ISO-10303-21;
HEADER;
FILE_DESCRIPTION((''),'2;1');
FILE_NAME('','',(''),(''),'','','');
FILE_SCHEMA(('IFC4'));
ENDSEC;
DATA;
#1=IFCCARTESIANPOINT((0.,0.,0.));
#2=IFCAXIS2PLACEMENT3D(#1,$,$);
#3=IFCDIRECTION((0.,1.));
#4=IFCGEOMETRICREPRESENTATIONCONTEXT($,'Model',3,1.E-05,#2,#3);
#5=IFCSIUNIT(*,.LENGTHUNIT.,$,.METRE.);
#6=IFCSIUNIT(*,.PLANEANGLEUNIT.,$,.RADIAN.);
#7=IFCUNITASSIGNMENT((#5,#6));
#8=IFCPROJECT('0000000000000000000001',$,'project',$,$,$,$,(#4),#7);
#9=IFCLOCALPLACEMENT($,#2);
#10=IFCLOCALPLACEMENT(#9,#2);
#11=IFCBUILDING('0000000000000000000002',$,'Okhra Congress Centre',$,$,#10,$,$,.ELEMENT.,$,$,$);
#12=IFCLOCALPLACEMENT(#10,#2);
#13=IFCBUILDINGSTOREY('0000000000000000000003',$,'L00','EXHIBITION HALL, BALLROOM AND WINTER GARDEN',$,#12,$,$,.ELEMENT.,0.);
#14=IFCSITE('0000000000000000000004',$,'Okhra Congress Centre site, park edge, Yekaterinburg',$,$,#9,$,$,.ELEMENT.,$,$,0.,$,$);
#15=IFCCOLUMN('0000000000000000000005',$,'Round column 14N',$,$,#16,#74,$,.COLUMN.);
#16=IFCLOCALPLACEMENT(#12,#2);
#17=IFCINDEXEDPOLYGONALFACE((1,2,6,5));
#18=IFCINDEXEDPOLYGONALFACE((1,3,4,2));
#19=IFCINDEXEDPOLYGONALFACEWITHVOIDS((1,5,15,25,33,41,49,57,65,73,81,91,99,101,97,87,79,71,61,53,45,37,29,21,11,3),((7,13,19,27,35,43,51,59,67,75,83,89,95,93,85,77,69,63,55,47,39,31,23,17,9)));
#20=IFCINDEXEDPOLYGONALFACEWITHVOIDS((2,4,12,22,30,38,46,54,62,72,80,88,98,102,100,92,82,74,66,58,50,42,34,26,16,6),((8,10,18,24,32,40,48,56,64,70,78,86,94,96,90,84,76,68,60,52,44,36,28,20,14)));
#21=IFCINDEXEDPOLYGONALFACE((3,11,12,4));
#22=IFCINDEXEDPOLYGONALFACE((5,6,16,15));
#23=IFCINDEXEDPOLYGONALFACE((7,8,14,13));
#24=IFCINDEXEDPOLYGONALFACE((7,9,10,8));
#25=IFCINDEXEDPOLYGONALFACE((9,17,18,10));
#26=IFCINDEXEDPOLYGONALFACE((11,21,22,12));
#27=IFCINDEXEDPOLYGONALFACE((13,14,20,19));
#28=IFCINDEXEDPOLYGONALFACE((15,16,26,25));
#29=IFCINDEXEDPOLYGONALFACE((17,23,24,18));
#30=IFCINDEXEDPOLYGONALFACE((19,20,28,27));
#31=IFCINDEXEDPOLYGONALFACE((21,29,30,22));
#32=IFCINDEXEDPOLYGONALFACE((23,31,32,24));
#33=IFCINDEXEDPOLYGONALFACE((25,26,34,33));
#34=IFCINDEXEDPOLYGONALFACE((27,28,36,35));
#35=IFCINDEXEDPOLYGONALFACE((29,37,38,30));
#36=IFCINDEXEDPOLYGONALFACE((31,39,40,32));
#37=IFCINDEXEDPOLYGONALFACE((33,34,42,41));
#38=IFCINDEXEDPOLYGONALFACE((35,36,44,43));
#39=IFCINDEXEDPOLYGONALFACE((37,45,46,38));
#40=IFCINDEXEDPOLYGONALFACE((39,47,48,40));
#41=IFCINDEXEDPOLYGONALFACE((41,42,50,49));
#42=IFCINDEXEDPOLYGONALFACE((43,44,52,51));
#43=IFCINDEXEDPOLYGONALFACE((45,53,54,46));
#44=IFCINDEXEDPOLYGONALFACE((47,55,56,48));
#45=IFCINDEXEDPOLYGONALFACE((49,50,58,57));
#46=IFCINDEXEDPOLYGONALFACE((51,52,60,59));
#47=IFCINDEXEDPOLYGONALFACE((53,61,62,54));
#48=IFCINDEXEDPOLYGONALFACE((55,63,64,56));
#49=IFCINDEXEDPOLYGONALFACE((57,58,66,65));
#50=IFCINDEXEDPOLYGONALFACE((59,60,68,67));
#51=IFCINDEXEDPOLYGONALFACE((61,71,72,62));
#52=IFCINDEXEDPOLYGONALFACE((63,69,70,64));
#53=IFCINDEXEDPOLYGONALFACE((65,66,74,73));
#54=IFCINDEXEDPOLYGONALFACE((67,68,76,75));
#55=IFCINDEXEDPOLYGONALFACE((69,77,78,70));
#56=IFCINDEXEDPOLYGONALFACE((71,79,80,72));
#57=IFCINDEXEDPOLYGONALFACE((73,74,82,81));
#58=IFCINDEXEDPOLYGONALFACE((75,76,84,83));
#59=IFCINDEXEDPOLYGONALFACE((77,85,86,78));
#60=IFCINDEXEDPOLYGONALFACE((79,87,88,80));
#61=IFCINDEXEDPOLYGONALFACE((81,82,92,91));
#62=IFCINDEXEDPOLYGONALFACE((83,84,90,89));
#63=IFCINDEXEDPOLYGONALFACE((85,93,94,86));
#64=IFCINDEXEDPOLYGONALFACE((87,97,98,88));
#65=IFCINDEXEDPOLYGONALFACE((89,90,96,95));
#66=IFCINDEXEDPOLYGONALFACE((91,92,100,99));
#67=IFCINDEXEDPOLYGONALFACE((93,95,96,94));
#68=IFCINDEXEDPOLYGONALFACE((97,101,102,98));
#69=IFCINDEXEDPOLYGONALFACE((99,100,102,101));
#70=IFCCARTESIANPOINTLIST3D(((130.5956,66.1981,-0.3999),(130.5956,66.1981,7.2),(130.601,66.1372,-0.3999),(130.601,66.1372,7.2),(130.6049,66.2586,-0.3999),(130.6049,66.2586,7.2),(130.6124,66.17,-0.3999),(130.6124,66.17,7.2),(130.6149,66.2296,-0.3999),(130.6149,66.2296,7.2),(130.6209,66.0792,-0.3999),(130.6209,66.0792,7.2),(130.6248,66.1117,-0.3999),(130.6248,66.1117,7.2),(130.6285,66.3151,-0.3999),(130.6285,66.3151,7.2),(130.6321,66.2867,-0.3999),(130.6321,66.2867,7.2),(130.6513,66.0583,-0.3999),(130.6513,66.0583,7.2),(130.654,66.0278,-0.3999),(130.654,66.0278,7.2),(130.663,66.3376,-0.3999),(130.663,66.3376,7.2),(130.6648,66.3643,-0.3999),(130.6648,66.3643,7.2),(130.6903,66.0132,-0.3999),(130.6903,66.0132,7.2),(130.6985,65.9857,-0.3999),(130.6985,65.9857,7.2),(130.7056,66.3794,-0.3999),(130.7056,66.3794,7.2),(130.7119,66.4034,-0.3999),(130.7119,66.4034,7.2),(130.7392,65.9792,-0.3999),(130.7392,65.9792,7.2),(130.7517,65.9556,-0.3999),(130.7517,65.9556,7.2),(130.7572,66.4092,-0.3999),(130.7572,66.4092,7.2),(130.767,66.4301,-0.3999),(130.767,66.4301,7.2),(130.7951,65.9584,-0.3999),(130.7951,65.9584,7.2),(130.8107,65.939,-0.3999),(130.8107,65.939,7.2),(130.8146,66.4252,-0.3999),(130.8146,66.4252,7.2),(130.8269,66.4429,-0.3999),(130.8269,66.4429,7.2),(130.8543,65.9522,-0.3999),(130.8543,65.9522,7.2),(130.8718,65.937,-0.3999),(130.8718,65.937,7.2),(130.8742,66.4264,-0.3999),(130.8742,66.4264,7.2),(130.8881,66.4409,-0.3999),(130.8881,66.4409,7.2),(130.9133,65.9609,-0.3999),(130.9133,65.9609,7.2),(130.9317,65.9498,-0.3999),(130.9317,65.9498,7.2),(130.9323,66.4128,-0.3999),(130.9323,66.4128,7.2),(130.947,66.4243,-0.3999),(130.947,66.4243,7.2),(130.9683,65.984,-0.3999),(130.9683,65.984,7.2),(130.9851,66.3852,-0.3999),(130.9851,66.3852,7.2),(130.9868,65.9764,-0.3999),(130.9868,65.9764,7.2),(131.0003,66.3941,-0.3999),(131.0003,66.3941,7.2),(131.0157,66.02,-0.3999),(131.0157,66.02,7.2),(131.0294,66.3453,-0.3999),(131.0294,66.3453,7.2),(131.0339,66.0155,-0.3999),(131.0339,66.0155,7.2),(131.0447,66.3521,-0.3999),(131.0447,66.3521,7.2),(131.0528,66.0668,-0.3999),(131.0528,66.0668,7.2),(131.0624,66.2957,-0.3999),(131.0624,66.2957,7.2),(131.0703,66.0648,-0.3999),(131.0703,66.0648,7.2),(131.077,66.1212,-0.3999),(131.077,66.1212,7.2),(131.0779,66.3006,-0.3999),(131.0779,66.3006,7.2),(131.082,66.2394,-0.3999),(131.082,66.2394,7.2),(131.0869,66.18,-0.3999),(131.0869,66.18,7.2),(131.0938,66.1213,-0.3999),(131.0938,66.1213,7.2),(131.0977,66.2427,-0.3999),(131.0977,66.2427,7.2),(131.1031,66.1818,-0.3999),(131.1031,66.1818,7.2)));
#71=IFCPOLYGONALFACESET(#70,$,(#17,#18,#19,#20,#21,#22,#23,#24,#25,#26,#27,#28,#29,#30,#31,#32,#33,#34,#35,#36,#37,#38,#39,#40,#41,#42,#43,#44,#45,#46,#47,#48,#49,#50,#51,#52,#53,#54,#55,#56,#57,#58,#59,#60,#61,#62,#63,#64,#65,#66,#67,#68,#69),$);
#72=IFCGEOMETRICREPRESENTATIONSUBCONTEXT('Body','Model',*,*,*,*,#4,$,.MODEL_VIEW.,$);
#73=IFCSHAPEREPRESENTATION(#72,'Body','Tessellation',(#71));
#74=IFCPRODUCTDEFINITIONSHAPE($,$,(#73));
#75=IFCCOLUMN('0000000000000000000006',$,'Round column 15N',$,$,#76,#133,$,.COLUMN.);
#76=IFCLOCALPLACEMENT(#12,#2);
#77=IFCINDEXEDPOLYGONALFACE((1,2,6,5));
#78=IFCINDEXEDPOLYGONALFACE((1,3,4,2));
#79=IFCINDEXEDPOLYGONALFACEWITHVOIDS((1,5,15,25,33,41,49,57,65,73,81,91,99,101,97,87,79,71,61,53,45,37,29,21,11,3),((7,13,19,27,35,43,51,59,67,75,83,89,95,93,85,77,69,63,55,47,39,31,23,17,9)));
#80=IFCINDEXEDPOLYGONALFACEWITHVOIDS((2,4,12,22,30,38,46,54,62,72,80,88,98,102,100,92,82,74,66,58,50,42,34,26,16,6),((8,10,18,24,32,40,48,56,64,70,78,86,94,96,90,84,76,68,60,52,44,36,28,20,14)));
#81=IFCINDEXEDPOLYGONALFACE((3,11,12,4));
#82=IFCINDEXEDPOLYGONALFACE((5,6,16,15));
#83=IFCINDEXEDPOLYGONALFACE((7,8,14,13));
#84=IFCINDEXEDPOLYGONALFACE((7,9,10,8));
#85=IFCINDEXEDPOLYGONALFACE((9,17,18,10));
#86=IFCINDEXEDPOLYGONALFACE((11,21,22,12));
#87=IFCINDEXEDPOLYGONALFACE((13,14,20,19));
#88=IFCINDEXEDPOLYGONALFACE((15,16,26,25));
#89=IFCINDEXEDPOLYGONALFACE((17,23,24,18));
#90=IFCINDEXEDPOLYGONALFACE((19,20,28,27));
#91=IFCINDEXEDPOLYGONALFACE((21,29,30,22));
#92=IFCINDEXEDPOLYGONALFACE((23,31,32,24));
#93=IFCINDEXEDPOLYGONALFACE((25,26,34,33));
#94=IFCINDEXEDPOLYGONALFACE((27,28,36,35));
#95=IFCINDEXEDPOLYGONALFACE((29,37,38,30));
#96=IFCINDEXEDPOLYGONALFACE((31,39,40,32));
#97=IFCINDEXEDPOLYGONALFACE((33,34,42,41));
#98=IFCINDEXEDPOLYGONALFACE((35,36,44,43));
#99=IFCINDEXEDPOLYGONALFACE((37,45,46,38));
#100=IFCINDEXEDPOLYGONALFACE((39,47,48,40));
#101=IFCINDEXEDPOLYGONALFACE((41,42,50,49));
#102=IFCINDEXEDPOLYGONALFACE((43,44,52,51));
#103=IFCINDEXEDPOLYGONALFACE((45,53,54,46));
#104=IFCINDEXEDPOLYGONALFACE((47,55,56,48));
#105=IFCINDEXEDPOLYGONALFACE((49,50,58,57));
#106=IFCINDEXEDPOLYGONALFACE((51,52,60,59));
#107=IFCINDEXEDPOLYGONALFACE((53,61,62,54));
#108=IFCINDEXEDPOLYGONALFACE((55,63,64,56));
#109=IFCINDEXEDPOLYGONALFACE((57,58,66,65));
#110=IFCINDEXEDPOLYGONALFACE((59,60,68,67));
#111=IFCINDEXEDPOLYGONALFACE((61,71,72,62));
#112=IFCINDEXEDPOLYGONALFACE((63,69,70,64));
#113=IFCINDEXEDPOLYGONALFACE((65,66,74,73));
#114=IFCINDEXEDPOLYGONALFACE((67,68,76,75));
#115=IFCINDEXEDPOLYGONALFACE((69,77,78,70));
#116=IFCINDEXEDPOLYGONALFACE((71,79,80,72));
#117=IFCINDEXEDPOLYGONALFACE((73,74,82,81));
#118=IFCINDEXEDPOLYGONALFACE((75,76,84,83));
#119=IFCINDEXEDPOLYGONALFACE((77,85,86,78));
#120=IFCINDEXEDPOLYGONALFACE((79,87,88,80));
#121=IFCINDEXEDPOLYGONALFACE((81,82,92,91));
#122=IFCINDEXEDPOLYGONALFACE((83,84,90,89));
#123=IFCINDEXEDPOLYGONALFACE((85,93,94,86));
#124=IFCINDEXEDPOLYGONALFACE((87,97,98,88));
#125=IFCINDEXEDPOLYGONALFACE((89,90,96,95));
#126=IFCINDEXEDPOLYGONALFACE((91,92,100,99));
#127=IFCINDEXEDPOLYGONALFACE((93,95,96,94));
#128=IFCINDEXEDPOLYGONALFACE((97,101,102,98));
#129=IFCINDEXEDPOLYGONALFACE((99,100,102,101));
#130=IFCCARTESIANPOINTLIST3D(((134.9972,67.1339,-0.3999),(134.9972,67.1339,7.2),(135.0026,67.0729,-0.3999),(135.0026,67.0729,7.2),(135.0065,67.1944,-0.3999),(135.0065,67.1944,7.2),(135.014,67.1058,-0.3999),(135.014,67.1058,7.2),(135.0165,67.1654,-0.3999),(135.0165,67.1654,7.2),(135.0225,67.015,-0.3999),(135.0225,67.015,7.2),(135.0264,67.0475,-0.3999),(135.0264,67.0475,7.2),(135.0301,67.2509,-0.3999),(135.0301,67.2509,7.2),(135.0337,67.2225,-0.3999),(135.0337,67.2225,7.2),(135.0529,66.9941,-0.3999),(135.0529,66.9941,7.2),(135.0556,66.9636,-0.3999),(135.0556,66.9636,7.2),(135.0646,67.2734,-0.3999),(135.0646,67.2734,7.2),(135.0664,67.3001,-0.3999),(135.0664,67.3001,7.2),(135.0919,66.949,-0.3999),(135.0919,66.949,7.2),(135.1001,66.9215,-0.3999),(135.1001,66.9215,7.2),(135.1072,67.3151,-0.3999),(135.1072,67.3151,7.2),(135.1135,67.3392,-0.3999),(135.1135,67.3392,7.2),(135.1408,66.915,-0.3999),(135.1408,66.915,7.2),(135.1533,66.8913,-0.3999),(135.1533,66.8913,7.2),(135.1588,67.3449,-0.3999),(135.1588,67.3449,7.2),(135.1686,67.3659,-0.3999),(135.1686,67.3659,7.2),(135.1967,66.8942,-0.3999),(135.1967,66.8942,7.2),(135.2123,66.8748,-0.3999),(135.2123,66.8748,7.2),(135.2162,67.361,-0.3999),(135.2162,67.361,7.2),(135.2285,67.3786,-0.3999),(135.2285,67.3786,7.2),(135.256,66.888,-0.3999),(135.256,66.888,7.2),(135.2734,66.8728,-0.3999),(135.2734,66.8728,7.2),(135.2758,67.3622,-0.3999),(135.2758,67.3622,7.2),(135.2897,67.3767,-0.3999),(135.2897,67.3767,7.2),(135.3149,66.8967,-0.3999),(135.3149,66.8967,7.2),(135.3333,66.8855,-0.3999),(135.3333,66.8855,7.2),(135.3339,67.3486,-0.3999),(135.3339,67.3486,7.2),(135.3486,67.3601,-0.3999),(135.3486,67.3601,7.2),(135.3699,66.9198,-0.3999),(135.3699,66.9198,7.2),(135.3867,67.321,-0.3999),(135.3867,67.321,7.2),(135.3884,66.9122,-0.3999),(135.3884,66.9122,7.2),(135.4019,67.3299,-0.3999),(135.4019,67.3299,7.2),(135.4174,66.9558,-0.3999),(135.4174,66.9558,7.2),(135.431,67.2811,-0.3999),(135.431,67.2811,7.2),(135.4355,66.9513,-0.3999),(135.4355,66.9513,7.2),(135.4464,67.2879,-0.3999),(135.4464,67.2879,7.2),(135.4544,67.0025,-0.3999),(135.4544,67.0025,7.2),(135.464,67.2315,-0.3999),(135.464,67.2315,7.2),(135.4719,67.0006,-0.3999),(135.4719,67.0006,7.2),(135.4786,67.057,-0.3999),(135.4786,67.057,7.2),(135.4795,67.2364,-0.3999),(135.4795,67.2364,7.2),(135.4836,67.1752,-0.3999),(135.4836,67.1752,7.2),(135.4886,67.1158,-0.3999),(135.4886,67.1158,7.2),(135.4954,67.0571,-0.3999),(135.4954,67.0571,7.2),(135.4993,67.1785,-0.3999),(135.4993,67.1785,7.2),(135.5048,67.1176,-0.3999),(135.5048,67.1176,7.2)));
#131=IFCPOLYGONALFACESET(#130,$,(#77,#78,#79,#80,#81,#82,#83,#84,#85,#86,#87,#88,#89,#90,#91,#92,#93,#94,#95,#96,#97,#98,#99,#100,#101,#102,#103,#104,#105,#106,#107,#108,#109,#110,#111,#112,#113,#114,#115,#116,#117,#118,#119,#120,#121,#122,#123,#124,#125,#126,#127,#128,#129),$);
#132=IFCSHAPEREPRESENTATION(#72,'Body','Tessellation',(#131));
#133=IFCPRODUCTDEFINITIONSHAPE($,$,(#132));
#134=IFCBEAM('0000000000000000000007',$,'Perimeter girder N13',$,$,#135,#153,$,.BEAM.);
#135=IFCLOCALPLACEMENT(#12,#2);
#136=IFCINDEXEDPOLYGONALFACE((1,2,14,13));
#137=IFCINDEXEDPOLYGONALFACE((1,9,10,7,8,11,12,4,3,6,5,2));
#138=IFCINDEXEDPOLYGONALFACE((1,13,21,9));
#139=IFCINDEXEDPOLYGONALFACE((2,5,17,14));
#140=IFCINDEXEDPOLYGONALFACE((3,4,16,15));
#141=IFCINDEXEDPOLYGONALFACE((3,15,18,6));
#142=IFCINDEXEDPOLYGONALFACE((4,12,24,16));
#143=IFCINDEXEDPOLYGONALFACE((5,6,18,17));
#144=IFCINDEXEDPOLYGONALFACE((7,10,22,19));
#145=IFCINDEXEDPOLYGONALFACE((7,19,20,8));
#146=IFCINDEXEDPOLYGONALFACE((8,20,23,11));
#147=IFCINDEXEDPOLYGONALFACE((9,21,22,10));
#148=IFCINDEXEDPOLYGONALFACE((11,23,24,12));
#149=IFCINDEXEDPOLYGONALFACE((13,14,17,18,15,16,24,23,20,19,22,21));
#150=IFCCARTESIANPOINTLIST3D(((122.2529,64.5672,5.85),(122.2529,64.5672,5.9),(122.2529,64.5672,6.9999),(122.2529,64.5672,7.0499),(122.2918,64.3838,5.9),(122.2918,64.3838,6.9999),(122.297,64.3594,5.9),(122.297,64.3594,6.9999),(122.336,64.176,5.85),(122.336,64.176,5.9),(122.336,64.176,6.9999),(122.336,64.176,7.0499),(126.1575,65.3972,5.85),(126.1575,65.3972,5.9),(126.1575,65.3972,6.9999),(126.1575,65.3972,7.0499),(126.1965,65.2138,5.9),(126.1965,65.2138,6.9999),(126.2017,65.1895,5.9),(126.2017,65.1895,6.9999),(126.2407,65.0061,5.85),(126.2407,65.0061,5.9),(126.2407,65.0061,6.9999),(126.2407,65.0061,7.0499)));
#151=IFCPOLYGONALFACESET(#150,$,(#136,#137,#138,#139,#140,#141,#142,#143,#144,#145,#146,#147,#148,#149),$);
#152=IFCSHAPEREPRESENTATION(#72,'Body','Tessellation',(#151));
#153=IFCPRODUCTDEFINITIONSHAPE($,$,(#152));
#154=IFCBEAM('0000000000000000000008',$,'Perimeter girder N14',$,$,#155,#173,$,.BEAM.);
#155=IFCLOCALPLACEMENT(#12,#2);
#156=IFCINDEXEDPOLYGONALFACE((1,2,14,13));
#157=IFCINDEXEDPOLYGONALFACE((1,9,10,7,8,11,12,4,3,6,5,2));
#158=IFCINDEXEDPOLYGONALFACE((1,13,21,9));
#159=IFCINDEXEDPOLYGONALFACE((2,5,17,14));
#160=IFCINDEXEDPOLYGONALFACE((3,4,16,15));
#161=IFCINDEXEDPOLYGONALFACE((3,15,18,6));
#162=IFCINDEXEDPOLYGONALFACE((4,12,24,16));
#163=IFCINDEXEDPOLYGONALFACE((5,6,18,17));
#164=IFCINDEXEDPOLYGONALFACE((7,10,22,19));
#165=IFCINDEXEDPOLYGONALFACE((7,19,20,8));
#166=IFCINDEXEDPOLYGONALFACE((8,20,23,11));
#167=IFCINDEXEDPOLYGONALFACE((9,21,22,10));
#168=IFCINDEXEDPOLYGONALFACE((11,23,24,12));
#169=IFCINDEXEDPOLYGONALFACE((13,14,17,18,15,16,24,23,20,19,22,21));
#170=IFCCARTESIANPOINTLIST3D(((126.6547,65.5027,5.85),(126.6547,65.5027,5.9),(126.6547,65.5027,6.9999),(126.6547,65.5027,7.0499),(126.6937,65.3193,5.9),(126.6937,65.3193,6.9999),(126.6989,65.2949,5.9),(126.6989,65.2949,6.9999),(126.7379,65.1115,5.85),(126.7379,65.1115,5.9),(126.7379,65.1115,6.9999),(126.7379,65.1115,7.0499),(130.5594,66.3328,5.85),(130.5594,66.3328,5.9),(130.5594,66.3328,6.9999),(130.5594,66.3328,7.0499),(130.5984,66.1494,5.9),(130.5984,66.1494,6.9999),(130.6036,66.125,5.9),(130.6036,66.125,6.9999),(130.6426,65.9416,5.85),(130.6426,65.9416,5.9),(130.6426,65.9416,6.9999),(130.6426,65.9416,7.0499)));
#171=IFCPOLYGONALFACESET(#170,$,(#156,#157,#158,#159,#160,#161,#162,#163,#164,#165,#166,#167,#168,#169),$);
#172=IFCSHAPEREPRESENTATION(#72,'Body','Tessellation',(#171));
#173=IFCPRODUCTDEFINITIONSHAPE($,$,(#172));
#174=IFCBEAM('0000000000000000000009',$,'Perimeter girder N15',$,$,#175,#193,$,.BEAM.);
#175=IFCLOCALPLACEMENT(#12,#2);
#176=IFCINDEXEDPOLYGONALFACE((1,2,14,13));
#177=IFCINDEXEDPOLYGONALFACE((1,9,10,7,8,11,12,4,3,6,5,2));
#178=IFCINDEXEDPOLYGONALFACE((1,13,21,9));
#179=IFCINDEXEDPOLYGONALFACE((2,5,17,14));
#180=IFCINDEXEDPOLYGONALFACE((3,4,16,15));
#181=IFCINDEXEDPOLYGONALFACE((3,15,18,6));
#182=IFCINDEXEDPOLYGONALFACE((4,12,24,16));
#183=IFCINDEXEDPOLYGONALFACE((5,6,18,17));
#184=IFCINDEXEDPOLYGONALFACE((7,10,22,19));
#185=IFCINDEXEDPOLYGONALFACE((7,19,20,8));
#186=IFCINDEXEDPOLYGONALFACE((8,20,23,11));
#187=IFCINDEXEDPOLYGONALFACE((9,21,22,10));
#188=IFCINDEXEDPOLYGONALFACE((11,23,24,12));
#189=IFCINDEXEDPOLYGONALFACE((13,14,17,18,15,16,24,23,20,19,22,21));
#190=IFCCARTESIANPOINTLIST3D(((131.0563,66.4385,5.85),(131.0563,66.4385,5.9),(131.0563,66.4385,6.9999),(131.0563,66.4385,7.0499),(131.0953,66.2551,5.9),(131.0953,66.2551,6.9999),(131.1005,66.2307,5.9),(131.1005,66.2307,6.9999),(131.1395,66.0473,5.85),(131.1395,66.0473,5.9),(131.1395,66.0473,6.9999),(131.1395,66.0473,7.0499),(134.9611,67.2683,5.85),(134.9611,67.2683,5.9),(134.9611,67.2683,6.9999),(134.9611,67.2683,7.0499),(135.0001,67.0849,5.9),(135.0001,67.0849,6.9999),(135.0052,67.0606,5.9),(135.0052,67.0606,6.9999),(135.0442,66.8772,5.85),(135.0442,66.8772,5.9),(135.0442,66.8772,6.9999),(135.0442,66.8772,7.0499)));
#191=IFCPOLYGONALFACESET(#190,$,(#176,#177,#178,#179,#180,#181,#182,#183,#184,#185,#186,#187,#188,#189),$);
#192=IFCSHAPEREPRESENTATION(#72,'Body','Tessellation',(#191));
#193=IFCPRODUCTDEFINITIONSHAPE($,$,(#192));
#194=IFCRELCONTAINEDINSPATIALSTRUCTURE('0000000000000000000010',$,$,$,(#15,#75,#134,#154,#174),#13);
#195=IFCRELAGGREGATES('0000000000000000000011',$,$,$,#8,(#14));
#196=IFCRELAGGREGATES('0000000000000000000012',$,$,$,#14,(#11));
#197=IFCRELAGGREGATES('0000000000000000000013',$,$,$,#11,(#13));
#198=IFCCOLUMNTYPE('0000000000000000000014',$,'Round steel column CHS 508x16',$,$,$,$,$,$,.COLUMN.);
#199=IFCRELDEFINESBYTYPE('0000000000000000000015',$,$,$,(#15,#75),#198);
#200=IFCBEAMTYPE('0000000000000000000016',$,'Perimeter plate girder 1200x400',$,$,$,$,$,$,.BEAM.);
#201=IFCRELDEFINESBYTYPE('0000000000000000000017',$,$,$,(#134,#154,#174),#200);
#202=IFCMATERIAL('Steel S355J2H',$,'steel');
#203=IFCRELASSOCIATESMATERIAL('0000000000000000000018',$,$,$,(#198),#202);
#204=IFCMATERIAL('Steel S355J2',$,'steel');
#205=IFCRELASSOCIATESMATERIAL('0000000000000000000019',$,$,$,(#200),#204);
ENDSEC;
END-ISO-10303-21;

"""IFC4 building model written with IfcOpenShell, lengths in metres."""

from ifc_helpers import new_model, si_unit, direction, frame, origin, origin_2d, place, context, subcontext, project, spatial, hollow_circle, i_section, extrude, material, material_profile, profile_set, type_object, element, save


model = new_model("IFC4")

# Units and contexts
model_context = context("Model", 3, precision=1e-05, world=origin(), true_north=direction((0.0, 1.0)))
body_context = subcontext(model_context, "Body", "Model", "MODEL_VIEW")
ifc_project = project(units=[si_unit("LENGTHUNIT", "METRE"), si_unit("PLANEANGLEUNIT", "RADIAN")], contexts=[model_context])

# Site, building, storey
site_placement = place(None, origin())
site = spatial("IfcSite", under=ifc_project, at=site_placement, Name="Okhra Congress Centre site, park edge, Yekaterinburg", CompositionType="ELEMENT", RefElevation=0.0)
building_placement = place(site_placement, origin())
building = spatial("IfcBuilding", under=site, at=building_placement, Name="Okhra Congress Centre", CompositionType="ELEMENT")
storey_placement = place(building_placement, origin())
storey = spatial("IfcBuildingStorey", under=building, at=storey_placement, Name="L00", Description="EXHIBITION HALL, BALLROOM AND WINTER GARDEN", CompositionType="ELEMENT", Elevation=0.0)

# Columns
ifc_material_1 = material(Name="Steel S355J2H", Category="steel")
ifc_material_profile_1 = material_profile(ifc_material_1, hollow_circle(Radius=0.2539, WallThickness=0.0161, at=origin_2d()), Name="CHS 508x16")
ifc_profile_set_1 = profile_set([ifc_material_profile_1], Name="Steel S355J2H")
column_type = type_object("IfcColumnType", Name="Round steel column CHS 508x16", PredefinedType="COLUMN", material=ifc_profile_set_1)
for number, where, z_axis, x_axis, name in (
    (1, (130.8494, 66.1899, -0.3999), (0.0, 0.0, 1.0), (0.978148, 0.207912, 0.0), "Round column 14N"),
    (2, (135.251, 67.1257, -0.3999), (0.0, 0.0, 1.0), (0.978148, 0.207912, 0.0), "Round column 15N"),
):
    element("IfcColumn", number, at=place(storey_placement, frame(where, z_axis=z_axis, x_axis=x_axis)), inside=storey, type_object=column_type, Name=name, PredefinedType="COLUMN", context=body_context, shape_type="SweptSolid", body=[
        extrude(hollow_circle(Radius=0.2539, WallThickness=0.0161, at=origin_2d()), origin(), (0.0, 0.0, 1.0), 7.5999),
    ])

# Beams
ifc_material_2 = material(Name="Steel S355J2", Category="steel")
ifc_material_profile_2 = material_profile(ifc_material_2, i_section(OverallWidth=0.3999, OverallDepth=1.2, WebThickness=0.0249, FlangeThickness=0.05, at=origin_2d()), Name="Plate girder 1200x400")
ifc_profile_set_2 = profile_set([ifc_material_profile_2], Name="Steel S355J2")
beam_type = type_object("IfcBeamType", Name="Perimeter plate girder 1200x400", PredefinedType="BEAM", material=ifc_profile_set_2)
for number, where, z_axis, x_axis, name in (
    (3, (122.2944, 64.3716, 6.45), (0.978143, 0.207933, 0.0), (-0.207933, 0.978143, 0.0), "Perimeter girder N13"),
    (4, (126.6963, 65.3071, 6.45), (0.978143, 0.207933, 0.0), (-0.207933, 0.978143, 0.0), "Perimeter girder N14"),
    (5, (131.0979, 66.2429, 6.45), (0.978155, 0.207875, 0.0), (-0.207875, 0.978155, 0.0), "Perimeter girder N15"),
):
    element("IfcBeam", number, at=place(storey_placement, frame(where, z_axis=z_axis, x_axis=x_axis)), inside=storey, type_object=beam_type, Name=name, PredefinedType="BEAM", context=body_context, shape_type="SweptSolid", body=[
        extrude(i_section(OverallWidth=0.3999, OverallDepth=1.2, WebThickness=0.0249, FlangeThickness=0.05, at=origin_2d()), origin(), (0.0, 0.0, 1.0), 3.9919),
    ])

save(model, "model.ifc")
